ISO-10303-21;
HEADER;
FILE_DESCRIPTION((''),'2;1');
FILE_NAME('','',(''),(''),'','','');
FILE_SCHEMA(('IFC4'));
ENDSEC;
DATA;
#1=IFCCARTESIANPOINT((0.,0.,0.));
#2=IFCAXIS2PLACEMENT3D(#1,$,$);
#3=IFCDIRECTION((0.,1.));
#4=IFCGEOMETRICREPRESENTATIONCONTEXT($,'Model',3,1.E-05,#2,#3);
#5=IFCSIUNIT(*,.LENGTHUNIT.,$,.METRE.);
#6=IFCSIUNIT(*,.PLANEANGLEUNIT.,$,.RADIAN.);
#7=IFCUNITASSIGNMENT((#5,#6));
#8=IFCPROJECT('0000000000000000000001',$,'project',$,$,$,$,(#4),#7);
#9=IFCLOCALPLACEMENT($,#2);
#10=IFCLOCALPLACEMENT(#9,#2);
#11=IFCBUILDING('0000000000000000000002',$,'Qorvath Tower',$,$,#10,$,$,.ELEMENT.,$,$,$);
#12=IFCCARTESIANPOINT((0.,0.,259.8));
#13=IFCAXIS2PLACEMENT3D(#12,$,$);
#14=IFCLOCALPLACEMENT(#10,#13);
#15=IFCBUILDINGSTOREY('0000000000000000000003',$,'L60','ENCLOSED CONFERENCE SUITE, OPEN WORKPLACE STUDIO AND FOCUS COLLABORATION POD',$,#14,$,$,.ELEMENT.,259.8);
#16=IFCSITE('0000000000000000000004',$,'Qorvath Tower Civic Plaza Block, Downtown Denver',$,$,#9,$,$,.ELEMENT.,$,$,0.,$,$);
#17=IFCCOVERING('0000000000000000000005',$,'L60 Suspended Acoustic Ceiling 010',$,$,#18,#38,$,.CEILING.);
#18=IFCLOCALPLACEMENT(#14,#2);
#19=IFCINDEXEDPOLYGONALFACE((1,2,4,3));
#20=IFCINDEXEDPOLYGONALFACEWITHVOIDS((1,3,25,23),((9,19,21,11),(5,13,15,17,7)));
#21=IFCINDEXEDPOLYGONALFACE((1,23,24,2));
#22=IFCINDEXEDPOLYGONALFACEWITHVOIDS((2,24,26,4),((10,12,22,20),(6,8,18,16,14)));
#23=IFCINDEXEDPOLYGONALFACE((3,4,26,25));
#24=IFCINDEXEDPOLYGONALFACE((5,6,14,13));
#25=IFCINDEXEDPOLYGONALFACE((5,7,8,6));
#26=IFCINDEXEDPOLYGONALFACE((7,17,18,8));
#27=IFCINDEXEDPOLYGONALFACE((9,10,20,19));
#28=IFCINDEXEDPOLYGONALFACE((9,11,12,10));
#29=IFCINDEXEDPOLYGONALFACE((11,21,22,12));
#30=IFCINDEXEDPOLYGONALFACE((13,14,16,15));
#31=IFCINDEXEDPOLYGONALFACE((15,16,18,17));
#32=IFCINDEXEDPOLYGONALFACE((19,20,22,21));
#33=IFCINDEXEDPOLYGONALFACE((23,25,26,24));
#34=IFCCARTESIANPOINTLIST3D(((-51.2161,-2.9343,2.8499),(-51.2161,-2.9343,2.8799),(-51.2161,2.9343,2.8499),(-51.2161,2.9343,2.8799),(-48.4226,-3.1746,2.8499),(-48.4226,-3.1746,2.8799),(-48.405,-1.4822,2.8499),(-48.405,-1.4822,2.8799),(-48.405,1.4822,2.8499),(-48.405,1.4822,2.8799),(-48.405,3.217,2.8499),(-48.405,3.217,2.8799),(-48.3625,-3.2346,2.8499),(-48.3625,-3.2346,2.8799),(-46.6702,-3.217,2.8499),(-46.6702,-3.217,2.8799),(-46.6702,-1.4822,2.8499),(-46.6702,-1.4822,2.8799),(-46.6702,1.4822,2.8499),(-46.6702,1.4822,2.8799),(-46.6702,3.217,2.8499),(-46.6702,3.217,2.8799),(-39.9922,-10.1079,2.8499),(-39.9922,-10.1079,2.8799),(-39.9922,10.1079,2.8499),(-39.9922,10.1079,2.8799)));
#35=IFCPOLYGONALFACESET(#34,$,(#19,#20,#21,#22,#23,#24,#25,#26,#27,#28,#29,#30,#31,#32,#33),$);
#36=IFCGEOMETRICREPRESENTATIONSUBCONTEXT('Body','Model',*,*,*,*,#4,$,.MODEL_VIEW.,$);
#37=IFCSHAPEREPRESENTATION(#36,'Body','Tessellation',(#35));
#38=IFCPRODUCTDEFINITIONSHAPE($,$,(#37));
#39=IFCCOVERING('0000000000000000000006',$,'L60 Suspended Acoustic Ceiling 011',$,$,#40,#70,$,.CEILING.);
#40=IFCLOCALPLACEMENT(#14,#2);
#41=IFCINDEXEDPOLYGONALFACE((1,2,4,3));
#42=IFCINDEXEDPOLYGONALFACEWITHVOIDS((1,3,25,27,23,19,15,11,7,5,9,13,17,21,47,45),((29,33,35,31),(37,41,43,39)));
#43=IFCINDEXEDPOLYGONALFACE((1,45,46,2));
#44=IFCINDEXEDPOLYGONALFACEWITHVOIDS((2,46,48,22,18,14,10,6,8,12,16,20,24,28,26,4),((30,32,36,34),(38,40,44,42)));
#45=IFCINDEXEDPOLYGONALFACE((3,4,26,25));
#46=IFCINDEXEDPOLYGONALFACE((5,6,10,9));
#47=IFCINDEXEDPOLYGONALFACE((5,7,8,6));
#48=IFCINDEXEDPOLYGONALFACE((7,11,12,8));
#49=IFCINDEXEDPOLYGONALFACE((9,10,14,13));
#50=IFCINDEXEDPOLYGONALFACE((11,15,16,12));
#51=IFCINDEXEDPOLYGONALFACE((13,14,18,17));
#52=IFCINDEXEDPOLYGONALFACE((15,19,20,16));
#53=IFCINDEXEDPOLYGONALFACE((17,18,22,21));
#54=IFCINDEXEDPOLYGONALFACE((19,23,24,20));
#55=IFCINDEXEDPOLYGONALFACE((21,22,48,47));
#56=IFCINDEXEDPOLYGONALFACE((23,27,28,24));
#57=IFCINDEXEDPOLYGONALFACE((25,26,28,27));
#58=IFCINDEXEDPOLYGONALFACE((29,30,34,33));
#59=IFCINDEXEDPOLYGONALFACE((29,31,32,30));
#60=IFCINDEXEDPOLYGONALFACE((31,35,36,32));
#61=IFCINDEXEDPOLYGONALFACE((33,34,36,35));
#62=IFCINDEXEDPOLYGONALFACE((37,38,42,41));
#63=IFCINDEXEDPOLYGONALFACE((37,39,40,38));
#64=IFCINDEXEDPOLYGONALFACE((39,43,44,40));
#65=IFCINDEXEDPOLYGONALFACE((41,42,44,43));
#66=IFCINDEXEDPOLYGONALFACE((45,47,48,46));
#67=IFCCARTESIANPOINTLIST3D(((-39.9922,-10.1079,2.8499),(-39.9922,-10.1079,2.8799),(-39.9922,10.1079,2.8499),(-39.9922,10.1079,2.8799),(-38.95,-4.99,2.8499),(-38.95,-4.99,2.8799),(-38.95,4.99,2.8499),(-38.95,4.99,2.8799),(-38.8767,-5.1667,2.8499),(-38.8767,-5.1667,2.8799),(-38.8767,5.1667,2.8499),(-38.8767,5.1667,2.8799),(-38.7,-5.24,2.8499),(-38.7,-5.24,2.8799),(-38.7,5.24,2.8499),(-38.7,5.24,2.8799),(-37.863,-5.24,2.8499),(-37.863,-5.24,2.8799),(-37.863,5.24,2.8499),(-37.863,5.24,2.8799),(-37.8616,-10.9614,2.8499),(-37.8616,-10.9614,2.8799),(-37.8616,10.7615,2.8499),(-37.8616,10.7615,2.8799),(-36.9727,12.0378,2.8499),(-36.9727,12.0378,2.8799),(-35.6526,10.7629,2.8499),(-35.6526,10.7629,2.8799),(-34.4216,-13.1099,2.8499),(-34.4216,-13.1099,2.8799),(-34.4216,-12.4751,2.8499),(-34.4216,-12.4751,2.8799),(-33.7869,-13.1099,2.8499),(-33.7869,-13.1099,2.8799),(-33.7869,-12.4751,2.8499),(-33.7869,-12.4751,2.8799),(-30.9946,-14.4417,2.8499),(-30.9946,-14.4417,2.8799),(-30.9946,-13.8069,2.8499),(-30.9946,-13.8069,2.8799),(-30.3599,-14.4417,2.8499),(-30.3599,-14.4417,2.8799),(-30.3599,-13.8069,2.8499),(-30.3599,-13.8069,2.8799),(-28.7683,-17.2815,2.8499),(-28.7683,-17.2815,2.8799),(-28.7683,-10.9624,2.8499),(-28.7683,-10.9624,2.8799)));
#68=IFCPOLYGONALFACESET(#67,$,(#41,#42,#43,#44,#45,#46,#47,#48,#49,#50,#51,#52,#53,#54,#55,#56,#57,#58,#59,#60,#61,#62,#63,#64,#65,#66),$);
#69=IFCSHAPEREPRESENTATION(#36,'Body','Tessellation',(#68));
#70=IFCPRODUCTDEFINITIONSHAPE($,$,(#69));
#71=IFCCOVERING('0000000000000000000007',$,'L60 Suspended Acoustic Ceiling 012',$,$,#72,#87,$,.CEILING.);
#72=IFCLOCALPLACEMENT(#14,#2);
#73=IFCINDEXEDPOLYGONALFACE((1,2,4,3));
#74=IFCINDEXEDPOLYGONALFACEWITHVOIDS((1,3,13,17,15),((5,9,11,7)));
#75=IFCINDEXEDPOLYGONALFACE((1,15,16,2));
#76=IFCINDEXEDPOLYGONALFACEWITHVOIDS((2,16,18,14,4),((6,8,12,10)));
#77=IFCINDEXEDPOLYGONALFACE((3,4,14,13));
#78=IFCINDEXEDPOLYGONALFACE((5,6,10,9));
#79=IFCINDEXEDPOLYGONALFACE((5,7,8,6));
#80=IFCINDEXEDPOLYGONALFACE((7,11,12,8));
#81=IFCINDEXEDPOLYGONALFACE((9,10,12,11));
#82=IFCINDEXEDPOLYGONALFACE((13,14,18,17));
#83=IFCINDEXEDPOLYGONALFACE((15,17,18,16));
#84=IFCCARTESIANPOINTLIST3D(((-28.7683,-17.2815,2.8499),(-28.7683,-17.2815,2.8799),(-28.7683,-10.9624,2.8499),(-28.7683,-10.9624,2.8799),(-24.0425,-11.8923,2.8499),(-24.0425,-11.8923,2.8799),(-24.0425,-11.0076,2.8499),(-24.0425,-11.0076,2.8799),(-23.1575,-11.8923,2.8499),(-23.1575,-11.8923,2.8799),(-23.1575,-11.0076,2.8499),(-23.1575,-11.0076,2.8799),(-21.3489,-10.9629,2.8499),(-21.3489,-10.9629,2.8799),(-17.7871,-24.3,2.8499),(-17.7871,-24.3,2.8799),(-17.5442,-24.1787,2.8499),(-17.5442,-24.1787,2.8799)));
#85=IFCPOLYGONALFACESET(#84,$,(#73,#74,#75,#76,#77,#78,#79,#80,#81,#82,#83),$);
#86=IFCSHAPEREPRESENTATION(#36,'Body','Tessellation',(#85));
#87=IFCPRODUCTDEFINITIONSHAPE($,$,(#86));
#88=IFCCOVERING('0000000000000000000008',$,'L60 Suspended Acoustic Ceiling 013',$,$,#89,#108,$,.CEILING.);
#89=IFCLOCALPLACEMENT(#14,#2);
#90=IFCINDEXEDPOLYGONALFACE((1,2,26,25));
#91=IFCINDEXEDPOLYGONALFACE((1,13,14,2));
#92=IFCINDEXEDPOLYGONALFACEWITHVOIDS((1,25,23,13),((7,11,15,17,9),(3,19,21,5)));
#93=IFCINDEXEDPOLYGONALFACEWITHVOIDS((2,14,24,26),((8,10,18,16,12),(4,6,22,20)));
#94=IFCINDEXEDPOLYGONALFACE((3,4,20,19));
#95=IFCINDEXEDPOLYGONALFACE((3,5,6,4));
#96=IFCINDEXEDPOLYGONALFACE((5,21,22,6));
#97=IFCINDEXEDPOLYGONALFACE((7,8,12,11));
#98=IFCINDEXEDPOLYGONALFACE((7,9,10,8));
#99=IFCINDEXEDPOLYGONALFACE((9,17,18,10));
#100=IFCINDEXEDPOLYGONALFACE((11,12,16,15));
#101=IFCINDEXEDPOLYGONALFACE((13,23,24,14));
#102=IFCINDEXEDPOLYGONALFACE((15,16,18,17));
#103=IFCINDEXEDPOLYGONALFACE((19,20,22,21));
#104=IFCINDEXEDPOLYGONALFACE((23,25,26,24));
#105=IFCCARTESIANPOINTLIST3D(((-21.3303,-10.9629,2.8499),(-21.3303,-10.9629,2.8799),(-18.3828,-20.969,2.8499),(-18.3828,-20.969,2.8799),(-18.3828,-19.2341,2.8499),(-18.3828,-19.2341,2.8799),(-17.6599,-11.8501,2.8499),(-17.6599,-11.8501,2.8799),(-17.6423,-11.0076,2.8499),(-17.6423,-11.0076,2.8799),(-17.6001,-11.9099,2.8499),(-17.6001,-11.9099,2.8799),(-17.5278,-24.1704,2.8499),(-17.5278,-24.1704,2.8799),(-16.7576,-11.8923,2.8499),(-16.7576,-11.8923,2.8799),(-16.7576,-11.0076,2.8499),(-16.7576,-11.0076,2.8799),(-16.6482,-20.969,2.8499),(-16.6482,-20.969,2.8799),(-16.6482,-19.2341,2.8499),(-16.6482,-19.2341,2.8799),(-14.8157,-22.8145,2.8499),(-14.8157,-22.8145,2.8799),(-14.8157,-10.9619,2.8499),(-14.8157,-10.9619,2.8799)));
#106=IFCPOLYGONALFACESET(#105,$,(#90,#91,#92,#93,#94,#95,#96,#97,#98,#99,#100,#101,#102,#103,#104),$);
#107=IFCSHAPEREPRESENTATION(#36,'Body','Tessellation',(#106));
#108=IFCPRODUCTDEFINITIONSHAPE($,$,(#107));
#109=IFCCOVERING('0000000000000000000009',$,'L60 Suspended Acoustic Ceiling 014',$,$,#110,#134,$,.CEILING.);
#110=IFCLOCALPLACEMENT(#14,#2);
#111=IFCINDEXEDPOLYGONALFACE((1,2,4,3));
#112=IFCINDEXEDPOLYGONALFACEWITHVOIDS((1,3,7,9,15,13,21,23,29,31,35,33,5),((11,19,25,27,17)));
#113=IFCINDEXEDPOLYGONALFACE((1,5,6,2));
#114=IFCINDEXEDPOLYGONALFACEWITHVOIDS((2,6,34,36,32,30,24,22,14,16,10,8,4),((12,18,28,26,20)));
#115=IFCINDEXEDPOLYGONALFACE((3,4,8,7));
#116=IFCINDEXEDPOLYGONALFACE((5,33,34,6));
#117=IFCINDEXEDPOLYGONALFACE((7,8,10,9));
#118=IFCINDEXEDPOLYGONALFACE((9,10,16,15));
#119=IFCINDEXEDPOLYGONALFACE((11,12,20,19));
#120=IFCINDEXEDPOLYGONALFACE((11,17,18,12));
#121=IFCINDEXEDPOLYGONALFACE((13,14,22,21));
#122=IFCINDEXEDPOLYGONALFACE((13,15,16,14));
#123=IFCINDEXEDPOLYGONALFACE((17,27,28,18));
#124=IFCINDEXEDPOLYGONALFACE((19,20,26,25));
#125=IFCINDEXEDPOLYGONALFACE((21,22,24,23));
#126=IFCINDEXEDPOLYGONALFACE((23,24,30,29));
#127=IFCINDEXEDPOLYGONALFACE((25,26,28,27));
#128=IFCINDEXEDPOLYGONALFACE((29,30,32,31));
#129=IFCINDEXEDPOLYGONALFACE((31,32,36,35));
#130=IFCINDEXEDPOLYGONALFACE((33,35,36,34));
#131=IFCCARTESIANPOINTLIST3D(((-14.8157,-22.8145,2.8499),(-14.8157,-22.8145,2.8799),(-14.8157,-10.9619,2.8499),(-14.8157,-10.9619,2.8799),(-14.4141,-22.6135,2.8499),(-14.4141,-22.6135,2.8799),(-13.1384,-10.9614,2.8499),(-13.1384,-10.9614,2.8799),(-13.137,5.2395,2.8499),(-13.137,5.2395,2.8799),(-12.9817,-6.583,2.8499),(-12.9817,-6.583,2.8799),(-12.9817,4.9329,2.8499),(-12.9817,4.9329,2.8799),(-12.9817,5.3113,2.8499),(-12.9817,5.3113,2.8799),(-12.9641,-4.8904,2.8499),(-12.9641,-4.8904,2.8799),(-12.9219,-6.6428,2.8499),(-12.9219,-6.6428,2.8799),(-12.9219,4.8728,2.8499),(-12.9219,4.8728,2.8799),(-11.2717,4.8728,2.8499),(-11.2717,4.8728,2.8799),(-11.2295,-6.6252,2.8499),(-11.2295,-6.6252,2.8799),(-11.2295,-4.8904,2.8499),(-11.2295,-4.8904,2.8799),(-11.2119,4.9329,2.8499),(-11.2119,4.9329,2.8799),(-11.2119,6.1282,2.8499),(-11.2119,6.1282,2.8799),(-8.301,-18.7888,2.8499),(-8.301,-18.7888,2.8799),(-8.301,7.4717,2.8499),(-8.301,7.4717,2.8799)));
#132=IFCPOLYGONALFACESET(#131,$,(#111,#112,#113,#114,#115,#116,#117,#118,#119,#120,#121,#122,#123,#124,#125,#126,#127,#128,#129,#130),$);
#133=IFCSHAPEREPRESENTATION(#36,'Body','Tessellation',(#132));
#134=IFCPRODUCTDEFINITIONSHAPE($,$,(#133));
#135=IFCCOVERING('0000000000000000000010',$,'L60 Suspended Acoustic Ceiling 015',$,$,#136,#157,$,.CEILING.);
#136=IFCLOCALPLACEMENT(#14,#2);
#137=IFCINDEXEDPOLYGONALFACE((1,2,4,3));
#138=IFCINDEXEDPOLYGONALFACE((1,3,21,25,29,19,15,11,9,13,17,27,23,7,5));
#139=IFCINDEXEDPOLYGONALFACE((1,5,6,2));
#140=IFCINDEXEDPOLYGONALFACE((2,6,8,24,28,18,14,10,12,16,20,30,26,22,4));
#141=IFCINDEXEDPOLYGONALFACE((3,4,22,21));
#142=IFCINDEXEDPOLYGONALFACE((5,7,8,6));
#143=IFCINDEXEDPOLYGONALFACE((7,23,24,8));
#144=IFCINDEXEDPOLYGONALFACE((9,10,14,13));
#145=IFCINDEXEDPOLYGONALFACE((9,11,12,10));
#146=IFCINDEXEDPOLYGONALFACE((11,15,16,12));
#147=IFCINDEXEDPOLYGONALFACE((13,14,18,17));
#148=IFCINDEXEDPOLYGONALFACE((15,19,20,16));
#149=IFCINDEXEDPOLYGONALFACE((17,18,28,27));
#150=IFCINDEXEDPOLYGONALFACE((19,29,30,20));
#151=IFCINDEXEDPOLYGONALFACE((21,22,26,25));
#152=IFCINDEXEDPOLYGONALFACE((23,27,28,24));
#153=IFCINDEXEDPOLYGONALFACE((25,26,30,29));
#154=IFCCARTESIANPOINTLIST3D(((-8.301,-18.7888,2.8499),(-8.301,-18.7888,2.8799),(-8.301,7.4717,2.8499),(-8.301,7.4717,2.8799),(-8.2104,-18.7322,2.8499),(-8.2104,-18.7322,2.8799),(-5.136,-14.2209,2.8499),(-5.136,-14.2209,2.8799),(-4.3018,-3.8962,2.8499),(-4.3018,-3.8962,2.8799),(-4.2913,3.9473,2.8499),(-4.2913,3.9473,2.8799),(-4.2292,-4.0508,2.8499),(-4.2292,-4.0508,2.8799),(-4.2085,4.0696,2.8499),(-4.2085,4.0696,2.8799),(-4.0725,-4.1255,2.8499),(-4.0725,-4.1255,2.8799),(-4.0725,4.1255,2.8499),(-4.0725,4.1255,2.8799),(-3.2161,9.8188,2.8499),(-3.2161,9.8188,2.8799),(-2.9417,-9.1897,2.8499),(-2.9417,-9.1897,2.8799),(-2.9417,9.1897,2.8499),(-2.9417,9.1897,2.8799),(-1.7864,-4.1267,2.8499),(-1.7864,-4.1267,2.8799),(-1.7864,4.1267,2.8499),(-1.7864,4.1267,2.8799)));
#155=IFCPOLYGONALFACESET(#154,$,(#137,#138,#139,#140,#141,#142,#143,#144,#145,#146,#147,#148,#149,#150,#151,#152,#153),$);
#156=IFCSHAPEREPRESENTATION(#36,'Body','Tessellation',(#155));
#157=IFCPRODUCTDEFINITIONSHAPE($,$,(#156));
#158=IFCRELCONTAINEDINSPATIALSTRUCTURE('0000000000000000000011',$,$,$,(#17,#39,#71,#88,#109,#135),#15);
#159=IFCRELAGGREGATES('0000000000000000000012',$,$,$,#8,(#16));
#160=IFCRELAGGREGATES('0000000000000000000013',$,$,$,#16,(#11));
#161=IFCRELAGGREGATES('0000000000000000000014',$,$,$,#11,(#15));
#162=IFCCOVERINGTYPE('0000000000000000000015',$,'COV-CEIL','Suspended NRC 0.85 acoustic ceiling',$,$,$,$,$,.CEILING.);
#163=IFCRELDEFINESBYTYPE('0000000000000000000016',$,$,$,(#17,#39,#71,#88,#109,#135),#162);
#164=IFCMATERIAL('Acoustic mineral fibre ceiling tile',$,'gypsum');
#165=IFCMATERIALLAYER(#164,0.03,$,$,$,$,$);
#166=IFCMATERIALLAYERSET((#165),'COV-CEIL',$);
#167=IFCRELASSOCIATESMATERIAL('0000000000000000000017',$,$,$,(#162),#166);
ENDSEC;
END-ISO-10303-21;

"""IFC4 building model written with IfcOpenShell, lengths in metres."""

from ifc_helpers import new_model, si_unit, direction, frame, origin, place, context, subcontext, project, spatial, polyline, outline, extrude, material, layer, layer_set, type_object, element, save


model = new_model("IFC4")

# Units and contexts
model_context = context("Model", 3, precision=1e-05, world=origin(), true_north=direction((0.0, 1.0)))
body_context = subcontext(model_context, "Body", "Model", "MODEL_VIEW")
ifc_project = project(units=[si_unit("LENGTHUNIT", "METRE"), si_unit("PLANEANGLEUNIT", "RADIAN")], contexts=[model_context])

# Site, building, storey
site_placement = place(None, origin())
site = spatial("IfcSite", under=ifc_project, at=site_placement, Name="Qorvath Tower Civic Plaza Block, Downtown Denver", CompositionType="ELEMENT", RefElevation=0.0)
building_placement = place(site_placement, origin())
building = spatial("IfcBuilding", under=site, at=building_placement, Name="Qorvath Tower", CompositionType="ELEMENT")
storey_placement = place(building_placement, frame((0.0, 0.0, 259.8)))
storey = spatial("IfcBuildingStorey", under=building, at=storey_placement, Name="L60", Description="ENCLOSED CONFERENCE SUITE, OPEN WORKPLACE STUDIO AND FOCUS COLLABORATION POD", CompositionType="ELEMENT", Elevation=259.8)

# Coverings
ifc_material_1 = material(Name="Acoustic mineral fibre ceiling tile", Category="gypsum")
ifc_layer_1 = layer(ifc_material_1, 0.03)
ifc_layer_set_1 = layer_set([ifc_layer_1], Name="COV-CEIL")
covering_type_1 = type_object("IfcCoveringType", Name="COV-CEIL", Description="Suspended NRC 0.85 acoustic ceiling", PredefinedType="CEILING", material=ifc_layer_set_1)
covering_1_placement = place(storey_placement, frame((0.0, 0.0, 2.8499)))
element("IfcCovering", 1, at=covering_1_placement, inside=storey, type_object=covering_type_1, Name="L60 Suspended Acoustic Ceiling 010", PredefinedType="CEILING", context=body_context, shape_type="SweptSolid", body=[
    extrude(outline(polyline([(-51.2161, -2.9343), (-39.9922, -10.1079), (-39.9922, 10.1079), (-51.2161, 2.9343), (-51.2161, -2.9343)]), holes=[polyline([(-48.4226, -3.1746), (-48.405, -1.4822), (-46.6702, -1.4822), (-46.6702, -3.217), (-48.3625, -3.2346), (-48.4226, -3.1746)]), polyline([(-48.405, 1.4822), (-48.405, 3.217), (-46.6702, 3.217), (-46.6702, 1.4822), (-48.405, 1.4822)])]), origin(), (0.0, 0.0, 1.0), 0.03),
])
covering_2_placement = place(storey_placement, frame((0.0, 0.0, 2.8499)))
element("IfcCovering", 2, at=covering_2_placement, inside=storey, type_object=covering_type_1, Name="L60 Suspended Acoustic Ceiling 011", PredefinedType="CEILING", context=body_context, shape_type="SweptSolid", body=[
    extrude(outline(polyline([(-39.9922, 10.1079), (-39.9922, -10.1079), (-28.7683, -17.2815), (-28.7683, -10.9624), (-37.8616, -10.9614), (-37.863, -5.24), (-38.7, -5.24), (-38.8767, -5.1667), (-38.95, -4.99), (-38.95, 4.99), (-38.8767, 5.1667), (-38.7, 5.24), (-37.863, 5.24), (-37.8616, 10.7615), (-35.6526, 10.7629), (-36.9727, 12.0378), (-39.9922, 10.1079)]), holes=[polyline([(-30.9946, -14.4417), (-30.9946, -13.8069), (-30.3599, -13.8069), (-30.3599, -14.4417), (-30.9946, -14.4417)]), polyline([(-34.4216, -13.1099), (-34.4216, -12.4751), (-33.7869, -12.4751), (-33.7869, -13.1099), (-34.4216, -13.1099)])]), origin(), (0.0, 0.0, 1.0), 0.03),
])
covering_3_placement = place(storey_placement, frame((0.0, 0.0, 2.8499)))
element("IfcCovering", 3, at=covering_3_placement, inside=storey, type_object=covering_type_1, Name="L60 Suspended Acoustic Ceiling 012", PredefinedType="CEILING", context=body_context, shape_type="SweptSolid", body=[
    extrude(outline(polyline([(-28.7683, -10.9624), (-28.7683, -17.2815), (-17.7871, -24.3), (-17.5442, -24.1787), (-21.3489, -10.9629), (-28.7683, -10.9624)]), holes=[polyline([(-24.0425, -11.8923), (-24.0425, -11.0076), (-23.1575, -11.0076), (-23.1575, -11.8923), (-24.0425, -11.8923)])]), origin(), (0.0, 0.0, 1.0), 0.03),
])
covering_4_placement = place(storey_placement, frame((0.0, 0.0, 2.8499)))
element("IfcCovering", 4, at=covering_4_placement, inside=storey, type_object=covering_type_1, Name="L60 Suspended Acoustic Ceiling 013", PredefinedType="CEILING", context=body_context, shape_type="SweptSolid", body=[
    extrude(outline(polyline([(-14.8157, -22.8145), (-14.8157, -10.9619), (-21.3303, -10.9629), (-17.5278, -24.1704), (-14.8157, -22.8145)]), holes=[polyline([(-18.3828, -20.969), (-18.3828, -19.2341), (-16.6482, -19.2341), (-16.6482, -20.969), (-18.3828, -20.969)]), polyline([(-17.6599, -11.8501), (-17.6423, -11.0076), (-16.7576, -11.0076), (-16.7576, -11.8923), (-17.6001, -11.9099), (-17.6599, -11.8501)])]), origin(), (0.0, 0.0, 1.0), 0.03),
])
covering_5_placement = place(storey_placement, frame((0.0, 0.0, 2.8499)))
element("IfcCovering", 5, at=covering_5_placement, inside=storey, type_object=covering_type_1, Name="L60 Suspended Acoustic Ceiling 014", PredefinedType="CEILING", context=body_context, shape_type="SweptSolid", body=[
    extrude(outline(polyline([(-8.301, -18.7888), (-8.301, 7.4717), (-11.2119, 6.1282), (-11.2119, 4.9329), (-11.2717, 4.8728), (-12.9219, 4.8728), (-12.9817, 4.9329), (-12.9817, 5.3113), (-13.137, 5.2395), (-13.1384, -10.9614), (-14.8157, -10.9619), (-14.8157, -22.8145), (-14.4141, -22.6135), (-8.301, -18.7888)]), holes=[polyline([(-12.9817, -6.583), (-12.9641, -4.8904), (-11.2295, -4.8904), (-11.2295, -6.6252), (-12.9219, -6.6428), (-12.9817, -6.583)])]), origin(), (0.0, 0.0, 1.0), 0.03),
])
covering_6_placement = place(storey_placement, frame((0.0, 0.0, 2.8499)))
element("IfcCovering", 6, at=covering_6_placement, inside=storey, type_object=covering_type_1, Name="L60 Suspended Acoustic Ceiling 015", PredefinedType="CEILING", context=body_context, shape_type="SweptSolid", body=[
    extrude(outline(polyline([(-2.9417, 9.1897), (-3.2161, 9.8188), (-8.301, 7.4717), (-8.301, -18.7888), (-8.2104, -18.7322), (-5.136, -14.2209), (-2.9417, -9.1897), (-1.7864, -4.1267), (-4.0725, -4.1255), (-4.2292, -4.0508), (-4.3018, -3.8962), (-4.2913, 3.9473), (-4.2085, 4.0696), (-4.0725, 4.1255), (-1.7864, 4.1267), (-2.9417, 9.1897)])), origin(), (0.0, 0.0, 1.0), 0.03),
])

save(model, "model.ifc")
